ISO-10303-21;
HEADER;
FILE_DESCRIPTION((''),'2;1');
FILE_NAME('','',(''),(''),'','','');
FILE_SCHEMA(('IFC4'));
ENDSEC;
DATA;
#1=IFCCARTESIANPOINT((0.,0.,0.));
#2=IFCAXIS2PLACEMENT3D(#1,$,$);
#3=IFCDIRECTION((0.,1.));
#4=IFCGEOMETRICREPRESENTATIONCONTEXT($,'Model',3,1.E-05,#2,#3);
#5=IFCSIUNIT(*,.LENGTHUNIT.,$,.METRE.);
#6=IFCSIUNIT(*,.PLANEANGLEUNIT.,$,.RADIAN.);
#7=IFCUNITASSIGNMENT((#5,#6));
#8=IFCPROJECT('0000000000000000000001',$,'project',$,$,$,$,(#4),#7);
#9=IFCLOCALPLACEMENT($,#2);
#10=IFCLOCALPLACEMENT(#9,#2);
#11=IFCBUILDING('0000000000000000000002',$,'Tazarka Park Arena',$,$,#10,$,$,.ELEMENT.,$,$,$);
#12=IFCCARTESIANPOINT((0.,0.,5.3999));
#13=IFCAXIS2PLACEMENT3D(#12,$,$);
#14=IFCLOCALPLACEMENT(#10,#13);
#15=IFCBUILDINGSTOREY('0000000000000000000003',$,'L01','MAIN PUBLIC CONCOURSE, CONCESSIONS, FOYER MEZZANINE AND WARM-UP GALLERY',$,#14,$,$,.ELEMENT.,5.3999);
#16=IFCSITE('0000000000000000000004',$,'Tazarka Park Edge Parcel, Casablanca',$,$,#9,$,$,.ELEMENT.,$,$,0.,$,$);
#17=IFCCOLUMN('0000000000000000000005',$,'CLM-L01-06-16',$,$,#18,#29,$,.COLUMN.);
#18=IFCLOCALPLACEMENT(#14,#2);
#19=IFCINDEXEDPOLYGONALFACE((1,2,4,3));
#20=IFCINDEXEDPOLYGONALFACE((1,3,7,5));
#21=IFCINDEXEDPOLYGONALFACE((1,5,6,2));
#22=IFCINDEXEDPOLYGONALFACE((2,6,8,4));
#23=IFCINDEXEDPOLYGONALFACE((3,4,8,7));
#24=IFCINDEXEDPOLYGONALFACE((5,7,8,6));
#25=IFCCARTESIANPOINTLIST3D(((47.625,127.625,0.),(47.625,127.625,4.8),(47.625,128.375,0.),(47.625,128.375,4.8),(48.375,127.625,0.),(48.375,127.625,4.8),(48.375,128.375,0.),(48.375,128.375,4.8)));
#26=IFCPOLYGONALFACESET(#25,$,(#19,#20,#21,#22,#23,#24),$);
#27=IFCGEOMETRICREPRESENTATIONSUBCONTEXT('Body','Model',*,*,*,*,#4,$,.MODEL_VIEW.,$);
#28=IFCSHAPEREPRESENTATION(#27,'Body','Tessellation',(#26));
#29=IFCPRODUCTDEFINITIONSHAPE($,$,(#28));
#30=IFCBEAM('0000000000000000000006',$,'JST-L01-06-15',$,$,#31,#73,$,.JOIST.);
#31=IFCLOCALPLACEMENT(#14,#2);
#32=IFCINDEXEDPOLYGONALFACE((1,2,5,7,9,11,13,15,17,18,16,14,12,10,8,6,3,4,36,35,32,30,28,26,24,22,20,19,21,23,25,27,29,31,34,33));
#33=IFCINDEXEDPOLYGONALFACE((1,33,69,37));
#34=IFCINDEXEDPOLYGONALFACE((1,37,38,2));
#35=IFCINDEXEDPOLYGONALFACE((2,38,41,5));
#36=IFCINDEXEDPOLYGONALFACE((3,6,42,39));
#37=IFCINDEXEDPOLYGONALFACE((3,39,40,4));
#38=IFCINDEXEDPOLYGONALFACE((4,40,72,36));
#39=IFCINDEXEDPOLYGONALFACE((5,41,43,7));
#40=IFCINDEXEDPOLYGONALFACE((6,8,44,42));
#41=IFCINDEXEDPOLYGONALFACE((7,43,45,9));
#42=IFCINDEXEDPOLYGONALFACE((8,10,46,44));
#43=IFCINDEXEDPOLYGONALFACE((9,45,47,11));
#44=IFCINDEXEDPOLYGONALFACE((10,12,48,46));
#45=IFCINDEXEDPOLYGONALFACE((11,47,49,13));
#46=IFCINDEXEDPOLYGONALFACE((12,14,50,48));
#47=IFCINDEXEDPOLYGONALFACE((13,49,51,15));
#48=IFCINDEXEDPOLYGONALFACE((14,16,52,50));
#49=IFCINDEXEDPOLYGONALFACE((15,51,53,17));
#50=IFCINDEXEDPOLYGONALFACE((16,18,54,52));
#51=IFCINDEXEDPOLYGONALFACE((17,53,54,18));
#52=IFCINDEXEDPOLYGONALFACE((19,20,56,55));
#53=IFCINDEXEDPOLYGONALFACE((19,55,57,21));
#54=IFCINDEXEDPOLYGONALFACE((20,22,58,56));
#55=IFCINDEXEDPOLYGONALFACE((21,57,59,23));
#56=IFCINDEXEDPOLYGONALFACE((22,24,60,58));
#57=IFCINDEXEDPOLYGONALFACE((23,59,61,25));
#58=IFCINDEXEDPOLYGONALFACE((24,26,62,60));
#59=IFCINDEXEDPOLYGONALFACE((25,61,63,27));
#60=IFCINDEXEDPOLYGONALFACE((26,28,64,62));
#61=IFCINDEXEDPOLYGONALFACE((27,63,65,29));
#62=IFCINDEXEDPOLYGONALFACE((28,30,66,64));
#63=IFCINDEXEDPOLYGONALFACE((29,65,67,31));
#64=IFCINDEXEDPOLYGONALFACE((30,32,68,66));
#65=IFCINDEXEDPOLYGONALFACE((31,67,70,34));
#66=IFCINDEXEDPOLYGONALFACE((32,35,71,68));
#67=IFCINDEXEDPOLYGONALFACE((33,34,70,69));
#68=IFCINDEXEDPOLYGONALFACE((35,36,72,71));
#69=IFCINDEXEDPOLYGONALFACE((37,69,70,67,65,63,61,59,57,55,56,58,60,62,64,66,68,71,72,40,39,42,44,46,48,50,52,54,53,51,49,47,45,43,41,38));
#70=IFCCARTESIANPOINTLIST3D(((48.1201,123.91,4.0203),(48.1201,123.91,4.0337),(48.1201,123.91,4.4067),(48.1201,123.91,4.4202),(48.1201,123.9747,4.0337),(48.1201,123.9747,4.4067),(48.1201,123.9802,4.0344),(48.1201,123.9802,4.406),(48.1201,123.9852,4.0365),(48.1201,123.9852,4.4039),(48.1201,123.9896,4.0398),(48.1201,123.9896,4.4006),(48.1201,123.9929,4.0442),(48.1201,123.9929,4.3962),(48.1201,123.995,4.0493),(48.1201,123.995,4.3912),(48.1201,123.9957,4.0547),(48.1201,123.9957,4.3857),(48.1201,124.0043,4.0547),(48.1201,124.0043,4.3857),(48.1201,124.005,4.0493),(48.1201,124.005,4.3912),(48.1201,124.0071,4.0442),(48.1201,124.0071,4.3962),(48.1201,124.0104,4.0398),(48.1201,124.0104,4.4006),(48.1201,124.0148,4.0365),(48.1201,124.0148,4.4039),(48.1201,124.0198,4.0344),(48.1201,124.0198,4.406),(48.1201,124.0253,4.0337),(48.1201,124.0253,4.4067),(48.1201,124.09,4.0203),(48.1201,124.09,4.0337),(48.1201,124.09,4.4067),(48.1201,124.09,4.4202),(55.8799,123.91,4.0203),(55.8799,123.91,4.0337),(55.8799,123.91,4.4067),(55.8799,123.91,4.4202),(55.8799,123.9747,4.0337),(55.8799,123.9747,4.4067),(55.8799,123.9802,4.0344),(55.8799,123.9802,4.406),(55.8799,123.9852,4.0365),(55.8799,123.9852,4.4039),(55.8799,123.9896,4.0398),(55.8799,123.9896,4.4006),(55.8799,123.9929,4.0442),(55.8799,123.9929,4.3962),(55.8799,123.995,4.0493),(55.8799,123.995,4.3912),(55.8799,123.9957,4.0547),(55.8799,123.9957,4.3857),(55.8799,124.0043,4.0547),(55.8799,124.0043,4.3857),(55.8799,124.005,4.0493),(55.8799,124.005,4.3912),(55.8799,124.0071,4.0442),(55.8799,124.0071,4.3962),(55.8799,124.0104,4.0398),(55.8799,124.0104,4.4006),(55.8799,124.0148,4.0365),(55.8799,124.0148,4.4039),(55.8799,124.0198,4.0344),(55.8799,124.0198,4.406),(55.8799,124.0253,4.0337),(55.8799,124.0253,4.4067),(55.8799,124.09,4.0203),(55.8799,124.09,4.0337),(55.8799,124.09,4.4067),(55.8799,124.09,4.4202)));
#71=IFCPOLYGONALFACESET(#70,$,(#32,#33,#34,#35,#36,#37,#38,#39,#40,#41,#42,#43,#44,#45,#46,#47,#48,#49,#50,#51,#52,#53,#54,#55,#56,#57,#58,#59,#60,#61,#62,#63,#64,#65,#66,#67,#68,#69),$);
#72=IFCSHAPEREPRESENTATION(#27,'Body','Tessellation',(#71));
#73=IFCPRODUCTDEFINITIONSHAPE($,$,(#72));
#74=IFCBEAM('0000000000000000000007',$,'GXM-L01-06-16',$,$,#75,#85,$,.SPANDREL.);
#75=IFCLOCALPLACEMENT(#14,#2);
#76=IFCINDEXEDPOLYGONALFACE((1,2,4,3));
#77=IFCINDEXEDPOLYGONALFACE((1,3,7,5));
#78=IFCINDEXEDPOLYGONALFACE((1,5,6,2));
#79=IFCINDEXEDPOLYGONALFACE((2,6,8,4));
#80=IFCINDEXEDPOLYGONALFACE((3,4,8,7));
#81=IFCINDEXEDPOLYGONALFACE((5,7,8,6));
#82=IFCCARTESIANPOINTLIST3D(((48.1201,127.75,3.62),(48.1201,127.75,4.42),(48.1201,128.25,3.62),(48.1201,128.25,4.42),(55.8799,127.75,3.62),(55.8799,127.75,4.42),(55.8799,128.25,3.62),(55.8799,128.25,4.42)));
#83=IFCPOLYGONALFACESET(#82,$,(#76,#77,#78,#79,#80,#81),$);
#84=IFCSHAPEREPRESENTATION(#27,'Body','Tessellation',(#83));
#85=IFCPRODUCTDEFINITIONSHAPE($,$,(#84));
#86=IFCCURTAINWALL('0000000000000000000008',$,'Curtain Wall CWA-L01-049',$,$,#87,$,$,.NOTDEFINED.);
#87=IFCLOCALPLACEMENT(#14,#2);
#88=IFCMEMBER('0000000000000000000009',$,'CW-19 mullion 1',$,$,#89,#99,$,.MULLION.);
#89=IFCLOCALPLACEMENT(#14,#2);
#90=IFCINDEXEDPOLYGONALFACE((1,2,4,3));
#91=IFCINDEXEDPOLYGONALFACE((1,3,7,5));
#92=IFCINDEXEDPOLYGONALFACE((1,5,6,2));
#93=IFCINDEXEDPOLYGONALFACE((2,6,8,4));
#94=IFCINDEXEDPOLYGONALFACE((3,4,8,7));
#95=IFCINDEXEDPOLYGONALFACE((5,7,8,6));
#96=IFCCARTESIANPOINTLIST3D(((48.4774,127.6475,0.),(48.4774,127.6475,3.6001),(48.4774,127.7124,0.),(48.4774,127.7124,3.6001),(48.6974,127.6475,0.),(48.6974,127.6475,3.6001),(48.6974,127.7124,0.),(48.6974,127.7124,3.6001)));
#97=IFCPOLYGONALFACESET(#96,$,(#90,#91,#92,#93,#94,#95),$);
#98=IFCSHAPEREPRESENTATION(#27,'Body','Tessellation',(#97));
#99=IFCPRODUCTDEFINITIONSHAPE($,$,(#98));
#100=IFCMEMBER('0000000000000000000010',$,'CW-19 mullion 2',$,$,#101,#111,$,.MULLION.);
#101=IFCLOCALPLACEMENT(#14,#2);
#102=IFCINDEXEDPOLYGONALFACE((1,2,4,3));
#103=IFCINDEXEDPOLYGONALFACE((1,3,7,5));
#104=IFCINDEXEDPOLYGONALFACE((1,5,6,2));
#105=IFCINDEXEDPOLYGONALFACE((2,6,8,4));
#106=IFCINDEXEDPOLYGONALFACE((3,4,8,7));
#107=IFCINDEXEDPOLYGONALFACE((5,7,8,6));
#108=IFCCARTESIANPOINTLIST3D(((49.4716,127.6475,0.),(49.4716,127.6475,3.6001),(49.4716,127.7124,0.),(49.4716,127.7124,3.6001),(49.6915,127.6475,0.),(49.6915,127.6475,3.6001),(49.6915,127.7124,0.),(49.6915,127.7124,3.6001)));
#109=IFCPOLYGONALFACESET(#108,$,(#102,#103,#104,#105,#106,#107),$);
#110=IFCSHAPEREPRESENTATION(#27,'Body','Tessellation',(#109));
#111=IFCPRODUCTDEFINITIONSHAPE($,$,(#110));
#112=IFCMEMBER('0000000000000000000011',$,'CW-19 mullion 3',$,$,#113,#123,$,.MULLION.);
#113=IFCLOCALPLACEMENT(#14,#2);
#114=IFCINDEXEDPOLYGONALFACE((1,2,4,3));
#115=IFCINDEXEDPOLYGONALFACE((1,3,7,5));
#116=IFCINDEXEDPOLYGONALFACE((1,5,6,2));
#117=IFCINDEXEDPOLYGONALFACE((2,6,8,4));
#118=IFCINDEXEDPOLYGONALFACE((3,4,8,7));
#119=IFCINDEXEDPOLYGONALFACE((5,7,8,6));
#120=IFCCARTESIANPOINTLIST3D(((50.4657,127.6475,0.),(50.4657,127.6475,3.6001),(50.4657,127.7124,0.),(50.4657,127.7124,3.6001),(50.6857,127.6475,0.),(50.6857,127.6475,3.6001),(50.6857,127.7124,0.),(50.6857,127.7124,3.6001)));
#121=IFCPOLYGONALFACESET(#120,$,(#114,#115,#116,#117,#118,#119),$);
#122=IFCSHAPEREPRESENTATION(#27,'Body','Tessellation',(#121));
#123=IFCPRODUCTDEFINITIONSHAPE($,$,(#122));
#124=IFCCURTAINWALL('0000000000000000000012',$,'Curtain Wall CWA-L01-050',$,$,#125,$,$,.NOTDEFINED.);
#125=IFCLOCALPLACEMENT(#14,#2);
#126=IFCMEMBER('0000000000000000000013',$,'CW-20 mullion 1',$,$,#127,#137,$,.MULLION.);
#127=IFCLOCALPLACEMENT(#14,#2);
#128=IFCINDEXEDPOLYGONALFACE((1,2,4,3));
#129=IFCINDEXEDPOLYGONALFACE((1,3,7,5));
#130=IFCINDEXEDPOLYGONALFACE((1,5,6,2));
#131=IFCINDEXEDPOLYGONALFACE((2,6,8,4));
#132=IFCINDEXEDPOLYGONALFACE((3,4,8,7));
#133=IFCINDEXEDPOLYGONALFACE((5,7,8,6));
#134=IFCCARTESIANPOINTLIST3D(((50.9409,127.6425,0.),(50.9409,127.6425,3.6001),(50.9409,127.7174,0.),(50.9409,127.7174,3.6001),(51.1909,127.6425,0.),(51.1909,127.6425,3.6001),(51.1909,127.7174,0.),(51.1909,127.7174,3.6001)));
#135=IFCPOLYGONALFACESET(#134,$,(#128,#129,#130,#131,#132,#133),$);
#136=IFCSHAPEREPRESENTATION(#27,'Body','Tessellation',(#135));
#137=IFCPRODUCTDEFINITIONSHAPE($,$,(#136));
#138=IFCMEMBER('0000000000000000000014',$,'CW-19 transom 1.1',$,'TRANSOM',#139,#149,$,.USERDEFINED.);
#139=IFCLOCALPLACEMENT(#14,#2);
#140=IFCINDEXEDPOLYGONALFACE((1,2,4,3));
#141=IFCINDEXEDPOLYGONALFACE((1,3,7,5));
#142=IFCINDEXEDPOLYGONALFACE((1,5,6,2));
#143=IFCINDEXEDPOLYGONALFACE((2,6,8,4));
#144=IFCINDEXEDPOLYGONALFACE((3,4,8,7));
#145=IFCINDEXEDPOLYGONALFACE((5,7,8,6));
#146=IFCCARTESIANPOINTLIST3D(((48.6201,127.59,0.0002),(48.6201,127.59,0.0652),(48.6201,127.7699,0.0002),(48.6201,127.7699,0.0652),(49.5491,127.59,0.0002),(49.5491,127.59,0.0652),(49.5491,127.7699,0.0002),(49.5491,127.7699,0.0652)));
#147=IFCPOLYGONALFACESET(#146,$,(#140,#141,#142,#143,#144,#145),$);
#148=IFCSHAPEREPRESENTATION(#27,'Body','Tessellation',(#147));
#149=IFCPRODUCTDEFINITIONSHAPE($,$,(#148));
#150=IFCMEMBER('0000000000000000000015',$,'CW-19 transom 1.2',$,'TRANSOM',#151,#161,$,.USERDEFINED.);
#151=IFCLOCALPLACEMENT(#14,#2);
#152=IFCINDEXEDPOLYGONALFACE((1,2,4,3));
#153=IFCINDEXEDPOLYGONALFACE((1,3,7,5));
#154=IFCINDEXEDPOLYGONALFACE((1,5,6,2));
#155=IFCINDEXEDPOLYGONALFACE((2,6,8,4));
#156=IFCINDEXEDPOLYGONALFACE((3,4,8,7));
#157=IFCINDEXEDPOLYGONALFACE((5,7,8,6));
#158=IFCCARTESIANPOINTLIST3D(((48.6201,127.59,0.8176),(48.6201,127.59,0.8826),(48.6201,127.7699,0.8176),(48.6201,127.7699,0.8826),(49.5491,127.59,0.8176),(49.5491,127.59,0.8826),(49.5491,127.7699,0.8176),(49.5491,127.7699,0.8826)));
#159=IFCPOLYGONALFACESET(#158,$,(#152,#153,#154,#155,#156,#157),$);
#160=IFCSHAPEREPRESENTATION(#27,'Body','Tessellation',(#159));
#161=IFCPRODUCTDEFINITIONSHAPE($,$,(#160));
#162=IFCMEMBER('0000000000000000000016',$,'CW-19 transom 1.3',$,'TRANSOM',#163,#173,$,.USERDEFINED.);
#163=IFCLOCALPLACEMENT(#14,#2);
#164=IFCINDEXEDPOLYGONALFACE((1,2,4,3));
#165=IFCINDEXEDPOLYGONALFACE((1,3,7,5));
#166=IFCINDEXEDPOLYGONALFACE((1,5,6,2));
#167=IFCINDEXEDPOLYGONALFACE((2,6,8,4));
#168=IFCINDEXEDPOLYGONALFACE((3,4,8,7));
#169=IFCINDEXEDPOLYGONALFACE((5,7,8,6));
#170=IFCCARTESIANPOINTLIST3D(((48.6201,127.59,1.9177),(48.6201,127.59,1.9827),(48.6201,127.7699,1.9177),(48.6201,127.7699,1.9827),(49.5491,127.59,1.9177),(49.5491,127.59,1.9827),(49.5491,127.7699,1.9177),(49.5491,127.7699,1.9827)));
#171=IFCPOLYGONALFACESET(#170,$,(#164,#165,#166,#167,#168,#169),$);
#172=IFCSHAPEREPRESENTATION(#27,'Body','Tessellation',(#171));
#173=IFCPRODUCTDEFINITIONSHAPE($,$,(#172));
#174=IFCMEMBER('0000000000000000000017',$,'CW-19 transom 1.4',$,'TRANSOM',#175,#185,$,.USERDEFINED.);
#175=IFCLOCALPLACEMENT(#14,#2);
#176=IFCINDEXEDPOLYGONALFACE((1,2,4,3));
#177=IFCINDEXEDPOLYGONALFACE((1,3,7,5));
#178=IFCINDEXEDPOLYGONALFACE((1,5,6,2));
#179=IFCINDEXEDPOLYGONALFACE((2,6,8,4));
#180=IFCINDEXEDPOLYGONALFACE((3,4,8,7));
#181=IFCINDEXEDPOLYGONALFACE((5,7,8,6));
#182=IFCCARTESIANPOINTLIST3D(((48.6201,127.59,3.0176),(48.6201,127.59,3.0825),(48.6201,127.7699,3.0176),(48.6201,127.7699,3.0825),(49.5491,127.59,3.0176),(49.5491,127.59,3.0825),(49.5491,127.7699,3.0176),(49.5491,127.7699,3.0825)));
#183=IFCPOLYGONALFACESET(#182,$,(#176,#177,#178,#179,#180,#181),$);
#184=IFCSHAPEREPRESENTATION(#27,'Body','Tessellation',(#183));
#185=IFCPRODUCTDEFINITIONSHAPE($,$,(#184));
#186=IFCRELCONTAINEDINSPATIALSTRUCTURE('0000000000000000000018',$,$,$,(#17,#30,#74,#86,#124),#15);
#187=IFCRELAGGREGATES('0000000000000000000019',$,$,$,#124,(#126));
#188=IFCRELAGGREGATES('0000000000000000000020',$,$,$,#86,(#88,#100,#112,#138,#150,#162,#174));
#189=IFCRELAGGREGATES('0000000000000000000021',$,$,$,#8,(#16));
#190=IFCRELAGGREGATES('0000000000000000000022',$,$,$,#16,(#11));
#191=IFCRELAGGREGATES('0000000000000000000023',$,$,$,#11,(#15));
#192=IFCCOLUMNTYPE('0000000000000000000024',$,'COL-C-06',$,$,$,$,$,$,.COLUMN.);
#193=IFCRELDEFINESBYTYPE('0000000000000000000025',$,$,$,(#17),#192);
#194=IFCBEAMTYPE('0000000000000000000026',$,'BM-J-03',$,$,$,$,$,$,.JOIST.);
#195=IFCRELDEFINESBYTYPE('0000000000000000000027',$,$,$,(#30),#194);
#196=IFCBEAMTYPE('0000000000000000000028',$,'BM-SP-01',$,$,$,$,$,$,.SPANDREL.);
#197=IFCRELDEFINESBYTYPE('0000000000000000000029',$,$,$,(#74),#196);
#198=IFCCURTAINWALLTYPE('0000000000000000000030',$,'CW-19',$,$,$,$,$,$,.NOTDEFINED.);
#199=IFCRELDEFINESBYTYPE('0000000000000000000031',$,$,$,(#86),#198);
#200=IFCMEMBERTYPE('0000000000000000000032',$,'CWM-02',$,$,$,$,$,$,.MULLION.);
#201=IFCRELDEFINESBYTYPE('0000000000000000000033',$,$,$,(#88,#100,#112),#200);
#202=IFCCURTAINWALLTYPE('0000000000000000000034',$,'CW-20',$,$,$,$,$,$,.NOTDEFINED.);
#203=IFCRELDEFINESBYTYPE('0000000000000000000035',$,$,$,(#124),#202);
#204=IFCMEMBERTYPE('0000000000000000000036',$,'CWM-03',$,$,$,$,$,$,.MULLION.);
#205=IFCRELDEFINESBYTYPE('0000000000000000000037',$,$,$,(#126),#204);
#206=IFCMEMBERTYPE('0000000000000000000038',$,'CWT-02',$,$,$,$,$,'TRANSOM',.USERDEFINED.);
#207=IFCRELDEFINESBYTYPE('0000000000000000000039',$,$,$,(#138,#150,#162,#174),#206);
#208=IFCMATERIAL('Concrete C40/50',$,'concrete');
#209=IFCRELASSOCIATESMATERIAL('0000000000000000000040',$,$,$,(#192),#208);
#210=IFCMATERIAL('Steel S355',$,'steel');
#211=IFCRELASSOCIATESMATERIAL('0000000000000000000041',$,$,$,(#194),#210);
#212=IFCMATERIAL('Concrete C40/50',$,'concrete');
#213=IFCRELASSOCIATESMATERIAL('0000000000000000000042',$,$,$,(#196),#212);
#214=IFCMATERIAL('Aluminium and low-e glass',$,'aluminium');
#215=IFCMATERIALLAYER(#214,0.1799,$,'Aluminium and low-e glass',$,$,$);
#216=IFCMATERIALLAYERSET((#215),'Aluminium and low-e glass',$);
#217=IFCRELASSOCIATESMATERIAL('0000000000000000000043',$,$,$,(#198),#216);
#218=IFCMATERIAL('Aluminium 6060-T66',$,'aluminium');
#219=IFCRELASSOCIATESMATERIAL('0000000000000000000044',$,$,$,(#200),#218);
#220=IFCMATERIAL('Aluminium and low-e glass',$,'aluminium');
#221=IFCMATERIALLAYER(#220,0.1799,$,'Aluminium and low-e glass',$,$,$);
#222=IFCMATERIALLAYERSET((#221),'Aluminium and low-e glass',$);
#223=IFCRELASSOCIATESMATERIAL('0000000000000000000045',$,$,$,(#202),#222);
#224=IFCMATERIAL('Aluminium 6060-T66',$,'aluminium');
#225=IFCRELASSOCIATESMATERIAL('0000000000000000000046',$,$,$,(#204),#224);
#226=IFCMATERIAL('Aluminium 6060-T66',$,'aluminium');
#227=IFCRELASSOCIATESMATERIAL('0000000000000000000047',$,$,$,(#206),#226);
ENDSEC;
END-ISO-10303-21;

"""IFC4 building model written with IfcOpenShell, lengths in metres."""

from ifc_helpers import new_model, si_unit, direction, frame, origin, origin_2d, place, context, subcontext, project, spatial, rectangle, i_section, extrude, material, layer, layer_set, material_profile, profile_set, type_object, element, aggregate, save


model = new_model("IFC4")

# Units and contexts
model_context = context("Model", 3, precision=1e-05, world=origin(), true_north=direction((0.0, 1.0)))
body_context = subcontext(model_context, "Body", "Model", "MODEL_VIEW")
ifc_project = project(units=[si_unit("LENGTHUNIT", "METRE"), si_unit("PLANEANGLEUNIT", "RADIAN")], contexts=[model_context])

# Site, building, storey
site_placement = place(None, origin())
site = spatial("IfcSite", under=ifc_project, at=site_placement, Name="Tazarka Park Edge Parcel, Casablanca", CompositionType="ELEMENT", RefElevation=0.0)
building_placement = place(site_placement, origin())
building = spatial("IfcBuilding", under=site, at=building_placement, Name="Tazarka Park Arena", CompositionType="ELEMENT")
storey_placement = place(building_placement, frame((0.0, 0.0, 5.3999)))
storey = spatial("IfcBuildingStorey", under=building, at=storey_placement, Name="L01", Description="MAIN PUBLIC CONCOURSE, CONCESSIONS, FOYER MEZZANINE AND WARM-UP GALLERY", CompositionType="ELEMENT", Elevation=5.3999)

# Column
ifc_material_1 = material(Name="Concrete C40/50", Category="concrete")
ifc_material_profile_1 = material_profile(ifc_material_1, rectangle(XDim=0.75, YDim=0.75, at=origin_2d()), Name="Concrete C40/50")
ifc_profile_set_1 = profile_set([ifc_material_profile_1], Name="Concrete C40/50")
column_type = type_object("IfcColumnType", Name="COL-C-06", PredefinedType="COLUMN", material=ifc_profile_set_1)
column_placement = place(storey_placement, frame((48.0, 128.0, 0.0), z_axis=(0.0, 0.0, 1.0), x_axis=(1.0, 0.0, 0.0)))
element("IfcColumn", 1, at=column_placement, inside=storey, type_object=column_type, Name="CLM-L01-06-16", PredefinedType="COLUMN", context=body_context, shape_type="SweptSolid", body=[
    extrude(rectangle(XDim=0.75, YDim=0.75, at=origin_2d()), origin(), (0.0, 0.0, 1.0), 4.8),
])

# Beams
ifc_material_2 = material(Name="Steel S355", Category="steel")
ifc_material_profile_2 = material_profile(ifc_material_2, i_section(OverallWidth=0.1799, OverallDepth=0.3999, WebThickness=0.0085, FlangeThickness=0.0134, FilletRadius=0.021, at=origin_2d()), Name="Steel S355")
ifc_profile_set_2 = profile_set([ifc_material_profile_2], Name="Steel S355")
beam_type_1 = type_object("IfcBeamType", Name="BM-J-03", PredefinedType="JOIST", material=ifc_profile_set_2)
beam_1_placement = place(storey_placement, frame((48.1201, 124.0, 4.2202), z_axis=(1.0, 0.0, 0.0), x_axis=(0.0, 1.0, 0.0)))
element("IfcBeam", 2, at=beam_1_placement, inside=storey, type_object=beam_type_1, Name="JST-L01-06-15", PredefinedType="JOIST", context=body_context, shape_type="SweptSolid", body=[
    extrude(i_section(OverallWidth=0.1799, OverallDepth=0.3999, WebThickness=0.0085, FlangeThickness=0.0134, FilletRadius=0.021, at=origin_2d()), origin(), (0.0, 0.0, 1.0), 7.7598),
])
ifc_material_3 = material(Name="Concrete C40/50", Category="concrete")
ifc_material_profile_3 = material_profile(ifc_material_3, rectangle(XDim=0.5, YDim=0.8, at=origin_2d()), Name="Concrete C40/50")
ifc_profile_set_3 = profile_set([ifc_material_profile_3], Name="Concrete C40/50")
beam_type_2 = type_object("IfcBeamType", Name="BM-SP-01", PredefinedType="SPANDREL", material=ifc_profile_set_3)
beam_2_placement = place(storey_placement, frame((48.1201, 128.0, 4.02), z_axis=(1.0, 0.0, 0.0), x_axis=(0.0, 1.0, 0.0)))
element("IfcBeam", 3, at=beam_2_placement, inside=storey, type_object=beam_type_2, Name="GXM-L01-06-16", PredefinedType="SPANDREL", context=body_context, shape_type="SweptSolid", body=[
    extrude(rectangle(XDim=0.5, YDim=0.8, at=origin_2d()), origin(), (0.0, 0.0, 1.0), 7.7598),
])

# Curtain wall, members
ifc_material_4 = material(Name="Aluminium and low-e glass", Category="aluminium")
ifc_layer_1 = layer(ifc_material_4, 0.1799, Name="Aluminium and low-e glass")
ifc_layer_set_1 = layer_set([ifc_layer_1], Name="Aluminium and low-e glass")
curtain_wall_type_1 = type_object("IfcCurtainWallType", Name="CW-19", PredefinedType="NOTDEFINED", material=ifc_layer_set_1)
curtain_wall_1_placement = place(storey_placement, origin())
curtain_wall_1 = element("IfcCurtainWall", 4, at=curtain_wall_1_placement, inside=storey, type_object=curtain_wall_type_1, Name="Curtain Wall CWA-L01-049", PredefinedType="NOTDEFINED")
ifc_material_5 = material(Name="Aluminium 6060-T66", Category="aluminium")
ifc_material_profile_4 = material_profile(ifc_material_5, rectangle(XDim=0.0649, YDim=0.22, at=origin_2d()), Name="Aluminium 6060-T66")
ifc_profile_set_4 = profile_set([ifc_material_profile_4], Name="Aluminium 6060-T66")
member_type_1 = type_object("IfcMemberType", Name="CWM-02", PredefinedType="MULLION", material=ifc_profile_set_4)
member_1_placement = place(storey_placement, frame((48.5874, 127.6799, 0.0), z_axis=(0.0, 0.0, 1.0), x_axis=(0.0, 1.0, 0.0)))
member_1 = element("IfcMember", 5, at=member_1_placement, type_object=member_type_1, Name="CW-19 mullion 1", PredefinedType="MULLION", context=body_context, shape_type="SweptSolid", body=[
    extrude(rectangle(XDim=0.0649, YDim=0.22, at=origin_2d()), origin(), (0.0, 0.0, 1.0), 3.6001),
])
member_2_placement = place(storey_placement, frame((49.5815, 127.6799, 0.0), z_axis=(0.0, 0.0, 1.0), x_axis=(0.0, 1.0, 0.0)))
member_2 = element("IfcMember", 6, at=member_2_placement, type_object=member_type_1, Name="CW-19 mullion 2", PredefinedType="MULLION", context=body_context, shape_type="SweptSolid", body=[
    extrude(rectangle(XDim=0.0649, YDim=0.22, at=origin_2d()), origin(), (0.0, 0.0, 1.0), 3.6001),
])
member_3_placement = place(storey_placement, frame((50.5757, 127.6799, 0.0), z_axis=(0.0, 0.0, 1.0), x_axis=(0.0, 1.0, 0.0)))
member_3 = element("IfcMember", 7, at=member_3_placement, type_object=member_type_1, Name="CW-19 mullion 3", PredefinedType="MULLION", context=body_context, shape_type="SweptSolid", body=[
    extrude(rectangle(XDim=0.0649, YDim=0.22, at=origin_2d()), origin(), (0.0, 0.0, 1.0), 3.6001),
])

# Curtain wall, member
ifc_material_6 = material(Name="Aluminium and low-e glass", Category="aluminium")
ifc_layer_2 = layer(ifc_material_6, 0.1799, Name="Aluminium and low-e glass")
ifc_layer_set_2 = layer_set([ifc_layer_2], Name="Aluminium and low-e glass")
curtain_wall_type_2 = type_object("IfcCurtainWallType", Name="CW-20", PredefinedType="NOTDEFINED", material=ifc_layer_set_2)
curtain_wall_2_placement = place(storey_placement, origin())
curtain_wall_2 = element("IfcCurtainWall", 8, at=curtain_wall_2_placement, inside=storey, type_object=curtain_wall_type_2, Name="Curtain Wall CWA-L01-050", PredefinedType="NOTDEFINED")
ifc_material_7 = material(Name="Aluminium 6060-T66", Category="aluminium")
ifc_material_profile_5 = material_profile(ifc_material_7, rectangle(XDim=0.075, YDim=0.25, at=origin_2d()), Name="Aluminium 6060-T66")
ifc_profile_set_5 = profile_set([ifc_material_profile_5], Name="Aluminium 6060-T66")
member_type_2 = type_object("IfcMemberType", Name="CWM-03", PredefinedType="MULLION", material=ifc_profile_set_5)
member_4_placement = place(storey_placement, frame((51.0659, 127.6799, 0.0), z_axis=(0.0, 0.0, 1.0), x_axis=(0.0, 1.0, 0.0)))
member_4 = element("IfcMember", 9, at=member_4_placement, type_object=member_type_2, Name="CW-20 mullion 1", PredefinedType="MULLION", context=body_context, shape_type="SweptSolid", body=[
    extrude(rectangle(XDim=0.075, YDim=0.25, at=origin_2d()), origin(), (0.0, 0.0, 1.0), 3.6001),
])
aggregate(curtain_wall_2, [member_4])

# Members
ifc_material_8 = material(Name="Aluminium 6060-T66", Category="aluminium")
ifc_material_profile_6 = material_profile(ifc_material_8, rectangle(XDim=0.1799, YDim=0.0649, at=origin_2d()), Name="Aluminium 6060-T66")
ifc_profile_set_6 = profile_set([ifc_material_profile_6], Name="Aluminium 6060-T66")
member_type_3 = type_object("IfcMemberType", Name="CWT-02", ElementType="TRANSOM", PredefinedType="USERDEFINED", material=ifc_profile_set_6)
member_5_placement = place(storey_placement, frame((48.6201, 127.6799, 0.0327), z_axis=(1.0, 0.0, 0.0), x_axis=(0.0, 1.0, 0.0)))
member_5 = element("IfcMember", 10, at=member_5_placement, type_object=member_type_3, Name="CW-19 transom 1.1", ObjectType="TRANSOM", PredefinedType="USERDEFINED", context=body_context, shape_type="SweptSolid", body=[
    extrude(rectangle(XDim=0.1799, YDim=0.0649, at=origin_2d()), origin(), (0.0, 0.0, 1.0), 0.929),
])
member_6_placement = place(storey_placement, frame((48.6201, 127.6799, 0.8501), z_axis=(1.0, 0.0, 0.0), x_axis=(0.0, 1.0, 0.0)))
member_6 = element("IfcMember", 11, at=member_6_placement, type_object=member_type_3, Name="CW-19 transom 1.2", ObjectType="TRANSOM", PredefinedType="USERDEFINED", context=body_context, shape_type="SweptSolid", body=[
    extrude(rectangle(XDim=0.1799, YDim=0.0649, at=origin_2d()), origin(), (0.0, 0.0, 1.0), 0.929),
])
member_7_placement = place(storey_placement, frame((48.6201, 127.6799, 1.9502), z_axis=(1.0, 0.0, 0.0), x_axis=(0.0, 1.0, 0.0)))
member_7 = element("IfcMember", 12, at=member_7_placement, type_object=member_type_3, Name="CW-19 transom 1.3", ObjectType="TRANSOM", PredefinedType="USERDEFINED", context=body_context, shape_type="SweptSolid", body=[
    extrude(rectangle(XDim=0.1799, YDim=0.0649, at=origin_2d()), origin(), (0.0, 0.0, 1.0), 0.929),
])
member_8_placement = place(storey_placement, frame((48.6201, 127.6799, 3.05), z_axis=(1.0, 0.0, 0.0), x_axis=(0.0, 1.0, 0.0)))
member_8 = element("IfcMember", 13, at=member_8_placement, type_object=member_type_3, Name="CW-19 transom 1.4", ObjectType="TRANSOM", PredefinedType="USERDEFINED", context=body_context, shape_type="SweptSolid", body=[
    extrude(rectangle(XDim=0.1799, YDim=0.0649, at=origin_2d()), origin(), (0.0, 0.0, 1.0), 0.929),
])

aggregate(curtain_wall_1, [member_1, member_2, member_3, member_5, member_6, member_7, member_8])

save(model, "model.ifc")
